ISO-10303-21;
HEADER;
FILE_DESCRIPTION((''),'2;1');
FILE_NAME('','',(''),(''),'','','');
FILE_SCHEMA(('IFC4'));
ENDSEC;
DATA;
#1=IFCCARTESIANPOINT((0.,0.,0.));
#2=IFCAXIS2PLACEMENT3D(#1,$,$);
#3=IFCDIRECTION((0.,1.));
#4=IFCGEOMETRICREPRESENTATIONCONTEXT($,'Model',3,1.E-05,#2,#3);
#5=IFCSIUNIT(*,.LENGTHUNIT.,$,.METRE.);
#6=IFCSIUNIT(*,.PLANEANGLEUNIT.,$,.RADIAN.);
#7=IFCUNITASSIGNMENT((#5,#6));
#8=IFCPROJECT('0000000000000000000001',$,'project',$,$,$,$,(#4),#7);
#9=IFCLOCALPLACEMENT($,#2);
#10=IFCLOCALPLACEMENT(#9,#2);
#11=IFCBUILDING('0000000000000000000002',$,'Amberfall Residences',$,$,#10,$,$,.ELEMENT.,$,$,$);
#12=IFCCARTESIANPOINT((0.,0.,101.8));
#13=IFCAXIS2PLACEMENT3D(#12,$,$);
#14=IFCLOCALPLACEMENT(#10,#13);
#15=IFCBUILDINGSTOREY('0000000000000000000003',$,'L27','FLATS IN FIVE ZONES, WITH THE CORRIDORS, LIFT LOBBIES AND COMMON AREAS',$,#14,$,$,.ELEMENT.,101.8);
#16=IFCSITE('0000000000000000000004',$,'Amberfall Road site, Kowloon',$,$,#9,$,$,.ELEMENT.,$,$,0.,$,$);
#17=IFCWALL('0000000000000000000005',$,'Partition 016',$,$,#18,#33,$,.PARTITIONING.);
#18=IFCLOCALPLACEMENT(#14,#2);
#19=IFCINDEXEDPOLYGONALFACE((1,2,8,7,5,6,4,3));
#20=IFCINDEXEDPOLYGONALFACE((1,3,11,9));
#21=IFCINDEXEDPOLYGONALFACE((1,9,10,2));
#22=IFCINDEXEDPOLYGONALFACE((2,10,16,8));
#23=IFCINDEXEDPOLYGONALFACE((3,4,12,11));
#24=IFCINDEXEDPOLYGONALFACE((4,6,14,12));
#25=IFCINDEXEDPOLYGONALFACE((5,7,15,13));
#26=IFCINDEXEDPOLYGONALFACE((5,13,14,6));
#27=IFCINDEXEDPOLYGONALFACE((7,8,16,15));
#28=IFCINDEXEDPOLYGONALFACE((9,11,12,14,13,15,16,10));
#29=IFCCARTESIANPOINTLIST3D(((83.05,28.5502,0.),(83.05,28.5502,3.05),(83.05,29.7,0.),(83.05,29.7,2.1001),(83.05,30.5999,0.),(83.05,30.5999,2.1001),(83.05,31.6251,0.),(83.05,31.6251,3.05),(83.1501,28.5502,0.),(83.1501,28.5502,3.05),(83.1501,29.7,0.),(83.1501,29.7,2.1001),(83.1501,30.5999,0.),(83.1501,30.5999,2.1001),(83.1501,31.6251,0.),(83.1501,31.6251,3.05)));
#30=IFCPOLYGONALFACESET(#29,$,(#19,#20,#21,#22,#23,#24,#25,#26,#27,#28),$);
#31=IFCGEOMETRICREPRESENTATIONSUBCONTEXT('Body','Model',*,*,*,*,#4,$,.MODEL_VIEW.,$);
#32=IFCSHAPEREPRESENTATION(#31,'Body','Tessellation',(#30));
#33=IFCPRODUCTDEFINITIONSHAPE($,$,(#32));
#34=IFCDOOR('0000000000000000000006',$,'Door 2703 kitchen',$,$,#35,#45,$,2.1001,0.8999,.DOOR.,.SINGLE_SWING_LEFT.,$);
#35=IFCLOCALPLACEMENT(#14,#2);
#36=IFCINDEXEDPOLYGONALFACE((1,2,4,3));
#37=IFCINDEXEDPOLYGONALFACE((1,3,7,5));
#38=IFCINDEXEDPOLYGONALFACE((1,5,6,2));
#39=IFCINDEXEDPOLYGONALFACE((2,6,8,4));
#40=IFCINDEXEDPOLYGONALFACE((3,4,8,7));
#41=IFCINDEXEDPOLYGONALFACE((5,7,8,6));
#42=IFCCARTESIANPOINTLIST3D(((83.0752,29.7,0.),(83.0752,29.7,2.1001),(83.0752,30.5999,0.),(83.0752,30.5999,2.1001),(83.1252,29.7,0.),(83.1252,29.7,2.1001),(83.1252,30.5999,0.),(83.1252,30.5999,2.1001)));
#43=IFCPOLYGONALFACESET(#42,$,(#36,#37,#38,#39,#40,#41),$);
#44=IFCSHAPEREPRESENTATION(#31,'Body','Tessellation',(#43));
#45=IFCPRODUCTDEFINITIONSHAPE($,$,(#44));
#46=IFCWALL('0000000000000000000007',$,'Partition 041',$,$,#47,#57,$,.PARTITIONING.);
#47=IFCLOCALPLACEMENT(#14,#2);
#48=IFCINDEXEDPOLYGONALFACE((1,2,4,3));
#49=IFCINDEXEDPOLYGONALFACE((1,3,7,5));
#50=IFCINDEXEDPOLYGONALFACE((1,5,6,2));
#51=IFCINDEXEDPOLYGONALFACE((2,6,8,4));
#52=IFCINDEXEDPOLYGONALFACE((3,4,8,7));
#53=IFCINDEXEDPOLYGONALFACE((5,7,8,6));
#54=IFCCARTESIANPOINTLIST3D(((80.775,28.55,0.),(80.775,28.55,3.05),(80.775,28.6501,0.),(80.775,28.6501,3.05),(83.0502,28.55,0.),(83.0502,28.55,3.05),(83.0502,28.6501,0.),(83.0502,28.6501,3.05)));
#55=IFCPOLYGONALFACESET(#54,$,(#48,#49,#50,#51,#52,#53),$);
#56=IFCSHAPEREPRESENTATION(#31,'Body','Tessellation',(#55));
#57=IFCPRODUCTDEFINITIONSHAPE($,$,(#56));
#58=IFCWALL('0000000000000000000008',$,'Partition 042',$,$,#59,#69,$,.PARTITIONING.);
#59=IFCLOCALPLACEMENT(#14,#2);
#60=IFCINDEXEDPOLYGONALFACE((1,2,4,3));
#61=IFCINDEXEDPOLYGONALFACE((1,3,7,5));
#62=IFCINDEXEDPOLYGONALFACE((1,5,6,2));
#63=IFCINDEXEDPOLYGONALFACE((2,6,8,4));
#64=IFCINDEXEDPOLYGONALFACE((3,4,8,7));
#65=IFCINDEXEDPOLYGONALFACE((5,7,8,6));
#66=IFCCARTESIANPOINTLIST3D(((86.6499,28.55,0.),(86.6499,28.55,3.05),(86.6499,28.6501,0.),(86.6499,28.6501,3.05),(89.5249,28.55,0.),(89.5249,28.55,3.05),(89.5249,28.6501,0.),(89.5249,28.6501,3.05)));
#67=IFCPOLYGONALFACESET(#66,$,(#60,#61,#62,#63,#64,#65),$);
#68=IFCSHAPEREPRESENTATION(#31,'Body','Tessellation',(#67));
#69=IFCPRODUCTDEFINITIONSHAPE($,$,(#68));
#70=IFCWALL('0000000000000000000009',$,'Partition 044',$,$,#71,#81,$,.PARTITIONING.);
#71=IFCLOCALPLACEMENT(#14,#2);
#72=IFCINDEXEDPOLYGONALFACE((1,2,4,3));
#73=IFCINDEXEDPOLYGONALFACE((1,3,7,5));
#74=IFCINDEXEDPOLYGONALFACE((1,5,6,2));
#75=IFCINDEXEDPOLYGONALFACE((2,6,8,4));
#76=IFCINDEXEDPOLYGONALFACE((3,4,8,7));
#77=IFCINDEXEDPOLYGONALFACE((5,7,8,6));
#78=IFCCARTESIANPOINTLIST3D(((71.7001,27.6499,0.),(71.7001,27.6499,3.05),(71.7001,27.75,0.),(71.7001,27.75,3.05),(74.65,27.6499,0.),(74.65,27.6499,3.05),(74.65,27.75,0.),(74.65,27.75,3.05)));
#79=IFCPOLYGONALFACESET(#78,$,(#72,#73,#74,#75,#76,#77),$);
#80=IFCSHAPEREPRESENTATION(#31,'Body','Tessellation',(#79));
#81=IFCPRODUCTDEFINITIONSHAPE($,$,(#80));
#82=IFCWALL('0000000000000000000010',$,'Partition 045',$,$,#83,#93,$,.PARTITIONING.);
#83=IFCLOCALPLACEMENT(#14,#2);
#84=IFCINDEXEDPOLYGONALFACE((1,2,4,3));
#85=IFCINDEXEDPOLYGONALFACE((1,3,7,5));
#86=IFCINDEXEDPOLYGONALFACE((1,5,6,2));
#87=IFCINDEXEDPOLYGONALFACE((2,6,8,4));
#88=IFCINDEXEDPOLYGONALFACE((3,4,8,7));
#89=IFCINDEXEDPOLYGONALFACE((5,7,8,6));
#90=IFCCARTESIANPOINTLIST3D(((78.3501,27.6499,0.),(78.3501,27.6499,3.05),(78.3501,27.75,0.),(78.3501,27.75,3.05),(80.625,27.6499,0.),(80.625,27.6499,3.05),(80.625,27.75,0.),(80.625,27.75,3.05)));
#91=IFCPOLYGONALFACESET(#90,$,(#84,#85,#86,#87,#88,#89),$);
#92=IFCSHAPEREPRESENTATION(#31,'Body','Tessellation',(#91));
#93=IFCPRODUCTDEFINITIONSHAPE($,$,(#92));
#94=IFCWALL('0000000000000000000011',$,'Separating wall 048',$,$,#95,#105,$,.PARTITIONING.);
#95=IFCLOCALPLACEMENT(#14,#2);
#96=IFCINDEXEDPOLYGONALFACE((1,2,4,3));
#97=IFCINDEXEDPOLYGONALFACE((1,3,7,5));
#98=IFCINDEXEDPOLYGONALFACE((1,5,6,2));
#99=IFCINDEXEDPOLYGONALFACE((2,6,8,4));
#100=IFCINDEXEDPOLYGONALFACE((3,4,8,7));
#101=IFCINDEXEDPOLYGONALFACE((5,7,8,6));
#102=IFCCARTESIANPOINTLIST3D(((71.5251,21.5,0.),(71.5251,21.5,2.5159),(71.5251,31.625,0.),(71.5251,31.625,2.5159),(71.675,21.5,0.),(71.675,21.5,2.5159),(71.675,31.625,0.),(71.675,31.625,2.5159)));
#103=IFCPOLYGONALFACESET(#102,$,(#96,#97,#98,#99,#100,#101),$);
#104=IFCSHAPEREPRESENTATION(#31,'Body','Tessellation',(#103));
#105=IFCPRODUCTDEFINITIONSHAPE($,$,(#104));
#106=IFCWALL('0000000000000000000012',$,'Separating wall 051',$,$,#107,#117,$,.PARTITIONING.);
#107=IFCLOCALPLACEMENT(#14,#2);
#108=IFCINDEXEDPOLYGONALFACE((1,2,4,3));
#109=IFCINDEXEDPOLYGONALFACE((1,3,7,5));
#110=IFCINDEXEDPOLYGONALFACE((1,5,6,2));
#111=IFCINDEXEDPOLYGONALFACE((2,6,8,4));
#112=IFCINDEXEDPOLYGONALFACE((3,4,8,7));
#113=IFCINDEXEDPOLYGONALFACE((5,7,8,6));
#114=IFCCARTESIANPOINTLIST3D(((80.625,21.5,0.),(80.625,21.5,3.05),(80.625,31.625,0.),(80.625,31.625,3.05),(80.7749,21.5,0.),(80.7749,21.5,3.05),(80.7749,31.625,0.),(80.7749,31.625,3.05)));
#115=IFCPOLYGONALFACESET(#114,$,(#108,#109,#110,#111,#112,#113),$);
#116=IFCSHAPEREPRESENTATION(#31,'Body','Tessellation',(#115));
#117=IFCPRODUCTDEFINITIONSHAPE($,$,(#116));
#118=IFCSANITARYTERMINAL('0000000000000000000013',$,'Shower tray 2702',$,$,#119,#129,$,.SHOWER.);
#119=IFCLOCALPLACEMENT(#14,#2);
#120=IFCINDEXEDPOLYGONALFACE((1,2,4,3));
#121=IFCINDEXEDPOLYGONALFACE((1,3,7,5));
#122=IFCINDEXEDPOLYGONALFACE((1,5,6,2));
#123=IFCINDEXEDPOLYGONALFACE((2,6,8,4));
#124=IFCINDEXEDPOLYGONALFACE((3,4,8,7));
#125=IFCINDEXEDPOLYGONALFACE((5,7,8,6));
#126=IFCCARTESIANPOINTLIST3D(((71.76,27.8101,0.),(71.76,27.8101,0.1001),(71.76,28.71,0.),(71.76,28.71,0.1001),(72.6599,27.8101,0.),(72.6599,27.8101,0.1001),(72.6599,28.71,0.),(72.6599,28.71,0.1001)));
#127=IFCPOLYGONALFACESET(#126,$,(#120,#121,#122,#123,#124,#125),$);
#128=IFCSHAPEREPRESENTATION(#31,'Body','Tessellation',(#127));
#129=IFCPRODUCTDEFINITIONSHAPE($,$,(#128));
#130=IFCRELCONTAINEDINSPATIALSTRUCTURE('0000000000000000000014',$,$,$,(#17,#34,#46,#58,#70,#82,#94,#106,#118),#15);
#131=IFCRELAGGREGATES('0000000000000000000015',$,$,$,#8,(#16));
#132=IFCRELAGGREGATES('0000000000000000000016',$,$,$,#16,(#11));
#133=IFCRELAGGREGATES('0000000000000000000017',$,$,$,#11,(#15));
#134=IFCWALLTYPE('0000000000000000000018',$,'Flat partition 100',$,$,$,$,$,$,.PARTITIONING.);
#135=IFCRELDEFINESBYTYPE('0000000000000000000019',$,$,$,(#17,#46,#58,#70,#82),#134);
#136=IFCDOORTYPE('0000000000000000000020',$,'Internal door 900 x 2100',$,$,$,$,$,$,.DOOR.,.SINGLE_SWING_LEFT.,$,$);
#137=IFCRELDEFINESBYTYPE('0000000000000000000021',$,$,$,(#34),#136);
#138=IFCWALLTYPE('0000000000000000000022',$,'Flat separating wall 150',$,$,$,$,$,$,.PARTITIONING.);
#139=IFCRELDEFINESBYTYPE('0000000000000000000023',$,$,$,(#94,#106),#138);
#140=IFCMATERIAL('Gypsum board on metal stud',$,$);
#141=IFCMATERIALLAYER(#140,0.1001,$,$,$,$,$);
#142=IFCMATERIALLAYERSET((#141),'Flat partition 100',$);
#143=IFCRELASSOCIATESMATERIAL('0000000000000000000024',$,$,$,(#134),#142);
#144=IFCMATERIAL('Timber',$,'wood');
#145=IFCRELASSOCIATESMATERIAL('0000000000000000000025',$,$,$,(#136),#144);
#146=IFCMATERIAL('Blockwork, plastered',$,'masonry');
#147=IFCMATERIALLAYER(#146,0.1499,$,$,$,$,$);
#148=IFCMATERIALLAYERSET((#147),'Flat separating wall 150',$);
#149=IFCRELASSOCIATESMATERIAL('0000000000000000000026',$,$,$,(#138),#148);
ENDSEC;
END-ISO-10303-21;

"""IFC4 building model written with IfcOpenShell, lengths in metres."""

from ifc_helpers import new_model, si_unit, direction, frame, frame_2d, origin, origin_2d, place, context, subcontext, project, spatial, rectangle, extrude, material, layer, layer_set, type_object, element, fill, save


model = new_model("IFC4")

# Units and contexts
model_context = context("Model", 3, precision=1e-05, world=origin(), true_north=direction((0.0, 1.0)))
body_context = subcontext(model_context, "Body", "Model", "MODEL_VIEW")
ifc_project = project(units=[si_unit("LENGTHUNIT", "METRE"), si_unit("PLANEANGLEUNIT", "RADIAN")], contexts=[model_context])

# Site, building, storey
site_placement = place(None, origin())
site = spatial("IfcSite", under=ifc_project, at=site_placement, Name="Amberfall Road site, Kowloon", CompositionType="ELEMENT", RefElevation=0.0)
building_placement = place(site_placement, origin())
building = spatial("IfcBuilding", under=site, at=building_placement, Name="Amberfall Residences", CompositionType="ELEMENT")
storey_placement = place(building_placement, frame((0.0, 0.0, 101.8)))
storey = spatial("IfcBuildingStorey", under=building, at=storey_placement, Name="L27", Description="FLATS IN FIVE ZONES, WITH THE CORRIDORS, LIFT LOBBIES AND COMMON AREAS", CompositionType="ELEMENT", Elevation=101.8)

# Shared definitions
ifc_material_1 = material(Name="Gypsum board on metal stud")
ifc_layer_1 = layer(ifc_material_1, 0.1001)
ifc_layer_set_1 = layer_set([ifc_layer_1], Name="Flat partition 100")
wall_type_1 = type_object("IfcWallType", Name="Flat partition 100", PredefinedType="PARTITIONING", material=ifc_layer_set_1)
ifc_material_2 = material(Name="Timber", Category="wood")
door_type_1 = type_object("IfcDoorType", Name="Internal door 900 x 2100", OperationType="SINGLE_SWING_LEFT", PredefinedType="DOOR", material=ifc_material_2)

# Wall, opening, door
wall_1_placement = place(storey_placement, frame((83.1001, 28.55, 0.0), z_axis=(0.0, 0.0, 1.0), x_axis=(0.0, 1.0, 0.0)))
wall_1 = element("IfcWall", 1, at=wall_1_placement, inside=storey, type_object=wall_type_1, Name="Partition 016", PredefinedType="PARTITIONING", context=body_context, shape_type="SweptSolid", body=[
    extrude(rectangle(XDim=3.075, YDim=0.1001, at=frame_2d((1.5376, 0.0))), origin(), (0.0, 0.0, 1.0), 3.05),
])
opening_1_placement = place(wall_1_placement, frame((1.1499, 0.0, 0.0)))
opening_1 = element("IfcOpeningElement", 2, at=opening_1_placement, cuts=wall_1, PredefinedType="OPENING", context=body_context, shape_type="SweptSolid", body=[
    extrude(rectangle(XDim=0.8999, YDim=2.1001, at=frame_2d((0.45, 1.05))), frame((0.0, 0.0601, 0.0), z_axis=(0.0, -1.0, 0.0), x_axis=(1.0, 0.0, 0.0)), (0.0, 0.0, 1.0), 0.1201),
])
door_1_placement = place(opening_1_placement, origin())
door_1 = element("IfcDoor", 3, at=door_1_placement, inside=storey, type_object=door_type_1, Name="Door 2703 kitchen", OperationType="SINGLE_SWING_LEFT", OverallHeight=2.1001, OverallWidth=0.8999, PredefinedType="DOOR", context=body_context, shape_type="SweptSolid", body=[
    extrude(rectangle(XDim=0.8999, YDim=2.1001, at=frame_2d((0.45, 1.05))), frame((0.0, 0.0249, 0.0), z_axis=(0.0, -1.0, 0.0), x_axis=(1.0, 0.0, 0.0)), (0.0, 0.0, 1.0), 0.05),
])
fill(opening_1, door_1)

# Walls
wall_2_placement = place(storey_placement, frame((80.7749, 28.6001, 0.0), z_axis=(0.0, 0.0, 1.0), x_axis=(1.0, 0.0, 0.0)))
element("IfcWall", 4, at=wall_2_placement, inside=storey, type_object=wall_type_1, Name="Partition 041", PredefinedType="PARTITIONING", context=body_context, shape_type="SweptSolid", body=[
    extrude(rectangle(XDim=2.2751, YDim=0.1001, at=frame_2d((1.1377, 0.0))), origin(), (0.0, 0.0, 1.0), 3.05),
])
wall_3_placement = place(storey_placement, frame((86.6499, 28.6001, 0.0), z_axis=(0.0, 0.0, 1.0), x_axis=(1.0, 0.0, 0.0)))
element("IfcWall", 5, at=wall_3_placement, inside=storey, type_object=wall_type_1, Name="Partition 042", PredefinedType="PARTITIONING", context=body_context, shape_type="SweptSolid", body=[
    extrude(rectangle(XDim=2.875, YDim=0.1001, at=frame_2d((1.4375, 0.0))), origin(), (0.0, 0.0, 1.0), 3.05),
])
wall_4_placement = place(storey_placement, frame((71.7, 27.7, 0.0), z_axis=(0.0, 0.0, 1.0), x_axis=(1.0, 0.0, 0.0)))
element("IfcWall", 6, at=wall_4_placement, inside=storey, type_object=wall_type_1, Name="Partition 044", PredefinedType="PARTITIONING", context=body_context, shape_type="SweptSolid", body=[
    extrude(rectangle(XDim=2.95, YDim=0.1001, at=frame_2d((1.4751, 0.0))), origin(), (0.0, 0.0, 1.0), 3.05),
])
wall_5_placement = place(storey_placement, frame((78.3501, 27.7, 0.0), z_axis=(0.0, 0.0, 1.0), x_axis=(1.0, 0.0, 0.0)))
element("IfcWall", 7, at=wall_5_placement, inside=storey, type_object=wall_type_1, Name="Partition 045", PredefinedType="PARTITIONING", context=body_context, shape_type="SweptSolid", body=[
    extrude(rectangle(XDim=2.2749, YDim=0.1001, at=frame_2d((1.1375, 0.0))), origin(), (0.0, 0.0, 1.0), 3.05),
])
ifc_material_3 = material(Name="Blockwork, plastered", Category="masonry")
ifc_layer_2 = layer(ifc_material_3, 0.1499)
ifc_layer_set_2 = layer_set([ifc_layer_2], Name="Flat separating wall 150")
wall_type_2 = type_object("IfcWallType", Name="Flat separating wall 150", PredefinedType="PARTITIONING", material=ifc_layer_set_2)
wall_6_placement = place(storey_placement, frame((71.6001, 21.5, 0.0), z_axis=(0.0, 0.0, 1.0), x_axis=(0.0, 1.0, 0.0)))
element("IfcWall", 8, at=wall_6_placement, inside=storey, type_object=wall_type_2, Name="Separating wall 048", PredefinedType="PARTITIONING", context=body_context, shape_type="SweptSolid", body=[
    extrude(rectangle(XDim=10.125, YDim=0.1499, at=frame_2d((5.0625, 0.0))), origin(), (0.0, 0.0, 1.0), 2.5159),
])
wall_7_placement = place(storey_placement, frame((80.7, 21.5, 0.0), z_axis=(0.0, 0.0, 1.0), x_axis=(0.0, 1.0, 0.0)))
element("IfcWall", 9, at=wall_7_placement, inside=storey, type_object=wall_type_2, Name="Separating wall 051", PredefinedType="PARTITIONING", context=body_context, shape_type="SweptSolid", body=[
    extrude(rectangle(XDim=10.125, YDim=0.1499, at=frame_2d((5.0625, 0.0))), origin(), (0.0, 0.0, 1.0), 3.05),
])

# Sanitary terminal
sanitary_terminal_placement = place(storey_placement, frame((72.21, 28.26, 0.0), z_axis=(0.0, 0.0, 1.0), x_axis=(1.0, 0.0, 0.0)))
element("IfcSanitaryTerminal", 10, at=sanitary_terminal_placement, inside=storey, Name="Shower tray 2702", PredefinedType="SHOWER", context=body_context, shape_type="SweptSolid", body=[
    extrude(rectangle(XDim=0.8999, YDim=0.8999, at=origin_2d()), origin(), (0.0, 0.0, 1.0), 0.1001),
])

save(model, "model.ifc")
